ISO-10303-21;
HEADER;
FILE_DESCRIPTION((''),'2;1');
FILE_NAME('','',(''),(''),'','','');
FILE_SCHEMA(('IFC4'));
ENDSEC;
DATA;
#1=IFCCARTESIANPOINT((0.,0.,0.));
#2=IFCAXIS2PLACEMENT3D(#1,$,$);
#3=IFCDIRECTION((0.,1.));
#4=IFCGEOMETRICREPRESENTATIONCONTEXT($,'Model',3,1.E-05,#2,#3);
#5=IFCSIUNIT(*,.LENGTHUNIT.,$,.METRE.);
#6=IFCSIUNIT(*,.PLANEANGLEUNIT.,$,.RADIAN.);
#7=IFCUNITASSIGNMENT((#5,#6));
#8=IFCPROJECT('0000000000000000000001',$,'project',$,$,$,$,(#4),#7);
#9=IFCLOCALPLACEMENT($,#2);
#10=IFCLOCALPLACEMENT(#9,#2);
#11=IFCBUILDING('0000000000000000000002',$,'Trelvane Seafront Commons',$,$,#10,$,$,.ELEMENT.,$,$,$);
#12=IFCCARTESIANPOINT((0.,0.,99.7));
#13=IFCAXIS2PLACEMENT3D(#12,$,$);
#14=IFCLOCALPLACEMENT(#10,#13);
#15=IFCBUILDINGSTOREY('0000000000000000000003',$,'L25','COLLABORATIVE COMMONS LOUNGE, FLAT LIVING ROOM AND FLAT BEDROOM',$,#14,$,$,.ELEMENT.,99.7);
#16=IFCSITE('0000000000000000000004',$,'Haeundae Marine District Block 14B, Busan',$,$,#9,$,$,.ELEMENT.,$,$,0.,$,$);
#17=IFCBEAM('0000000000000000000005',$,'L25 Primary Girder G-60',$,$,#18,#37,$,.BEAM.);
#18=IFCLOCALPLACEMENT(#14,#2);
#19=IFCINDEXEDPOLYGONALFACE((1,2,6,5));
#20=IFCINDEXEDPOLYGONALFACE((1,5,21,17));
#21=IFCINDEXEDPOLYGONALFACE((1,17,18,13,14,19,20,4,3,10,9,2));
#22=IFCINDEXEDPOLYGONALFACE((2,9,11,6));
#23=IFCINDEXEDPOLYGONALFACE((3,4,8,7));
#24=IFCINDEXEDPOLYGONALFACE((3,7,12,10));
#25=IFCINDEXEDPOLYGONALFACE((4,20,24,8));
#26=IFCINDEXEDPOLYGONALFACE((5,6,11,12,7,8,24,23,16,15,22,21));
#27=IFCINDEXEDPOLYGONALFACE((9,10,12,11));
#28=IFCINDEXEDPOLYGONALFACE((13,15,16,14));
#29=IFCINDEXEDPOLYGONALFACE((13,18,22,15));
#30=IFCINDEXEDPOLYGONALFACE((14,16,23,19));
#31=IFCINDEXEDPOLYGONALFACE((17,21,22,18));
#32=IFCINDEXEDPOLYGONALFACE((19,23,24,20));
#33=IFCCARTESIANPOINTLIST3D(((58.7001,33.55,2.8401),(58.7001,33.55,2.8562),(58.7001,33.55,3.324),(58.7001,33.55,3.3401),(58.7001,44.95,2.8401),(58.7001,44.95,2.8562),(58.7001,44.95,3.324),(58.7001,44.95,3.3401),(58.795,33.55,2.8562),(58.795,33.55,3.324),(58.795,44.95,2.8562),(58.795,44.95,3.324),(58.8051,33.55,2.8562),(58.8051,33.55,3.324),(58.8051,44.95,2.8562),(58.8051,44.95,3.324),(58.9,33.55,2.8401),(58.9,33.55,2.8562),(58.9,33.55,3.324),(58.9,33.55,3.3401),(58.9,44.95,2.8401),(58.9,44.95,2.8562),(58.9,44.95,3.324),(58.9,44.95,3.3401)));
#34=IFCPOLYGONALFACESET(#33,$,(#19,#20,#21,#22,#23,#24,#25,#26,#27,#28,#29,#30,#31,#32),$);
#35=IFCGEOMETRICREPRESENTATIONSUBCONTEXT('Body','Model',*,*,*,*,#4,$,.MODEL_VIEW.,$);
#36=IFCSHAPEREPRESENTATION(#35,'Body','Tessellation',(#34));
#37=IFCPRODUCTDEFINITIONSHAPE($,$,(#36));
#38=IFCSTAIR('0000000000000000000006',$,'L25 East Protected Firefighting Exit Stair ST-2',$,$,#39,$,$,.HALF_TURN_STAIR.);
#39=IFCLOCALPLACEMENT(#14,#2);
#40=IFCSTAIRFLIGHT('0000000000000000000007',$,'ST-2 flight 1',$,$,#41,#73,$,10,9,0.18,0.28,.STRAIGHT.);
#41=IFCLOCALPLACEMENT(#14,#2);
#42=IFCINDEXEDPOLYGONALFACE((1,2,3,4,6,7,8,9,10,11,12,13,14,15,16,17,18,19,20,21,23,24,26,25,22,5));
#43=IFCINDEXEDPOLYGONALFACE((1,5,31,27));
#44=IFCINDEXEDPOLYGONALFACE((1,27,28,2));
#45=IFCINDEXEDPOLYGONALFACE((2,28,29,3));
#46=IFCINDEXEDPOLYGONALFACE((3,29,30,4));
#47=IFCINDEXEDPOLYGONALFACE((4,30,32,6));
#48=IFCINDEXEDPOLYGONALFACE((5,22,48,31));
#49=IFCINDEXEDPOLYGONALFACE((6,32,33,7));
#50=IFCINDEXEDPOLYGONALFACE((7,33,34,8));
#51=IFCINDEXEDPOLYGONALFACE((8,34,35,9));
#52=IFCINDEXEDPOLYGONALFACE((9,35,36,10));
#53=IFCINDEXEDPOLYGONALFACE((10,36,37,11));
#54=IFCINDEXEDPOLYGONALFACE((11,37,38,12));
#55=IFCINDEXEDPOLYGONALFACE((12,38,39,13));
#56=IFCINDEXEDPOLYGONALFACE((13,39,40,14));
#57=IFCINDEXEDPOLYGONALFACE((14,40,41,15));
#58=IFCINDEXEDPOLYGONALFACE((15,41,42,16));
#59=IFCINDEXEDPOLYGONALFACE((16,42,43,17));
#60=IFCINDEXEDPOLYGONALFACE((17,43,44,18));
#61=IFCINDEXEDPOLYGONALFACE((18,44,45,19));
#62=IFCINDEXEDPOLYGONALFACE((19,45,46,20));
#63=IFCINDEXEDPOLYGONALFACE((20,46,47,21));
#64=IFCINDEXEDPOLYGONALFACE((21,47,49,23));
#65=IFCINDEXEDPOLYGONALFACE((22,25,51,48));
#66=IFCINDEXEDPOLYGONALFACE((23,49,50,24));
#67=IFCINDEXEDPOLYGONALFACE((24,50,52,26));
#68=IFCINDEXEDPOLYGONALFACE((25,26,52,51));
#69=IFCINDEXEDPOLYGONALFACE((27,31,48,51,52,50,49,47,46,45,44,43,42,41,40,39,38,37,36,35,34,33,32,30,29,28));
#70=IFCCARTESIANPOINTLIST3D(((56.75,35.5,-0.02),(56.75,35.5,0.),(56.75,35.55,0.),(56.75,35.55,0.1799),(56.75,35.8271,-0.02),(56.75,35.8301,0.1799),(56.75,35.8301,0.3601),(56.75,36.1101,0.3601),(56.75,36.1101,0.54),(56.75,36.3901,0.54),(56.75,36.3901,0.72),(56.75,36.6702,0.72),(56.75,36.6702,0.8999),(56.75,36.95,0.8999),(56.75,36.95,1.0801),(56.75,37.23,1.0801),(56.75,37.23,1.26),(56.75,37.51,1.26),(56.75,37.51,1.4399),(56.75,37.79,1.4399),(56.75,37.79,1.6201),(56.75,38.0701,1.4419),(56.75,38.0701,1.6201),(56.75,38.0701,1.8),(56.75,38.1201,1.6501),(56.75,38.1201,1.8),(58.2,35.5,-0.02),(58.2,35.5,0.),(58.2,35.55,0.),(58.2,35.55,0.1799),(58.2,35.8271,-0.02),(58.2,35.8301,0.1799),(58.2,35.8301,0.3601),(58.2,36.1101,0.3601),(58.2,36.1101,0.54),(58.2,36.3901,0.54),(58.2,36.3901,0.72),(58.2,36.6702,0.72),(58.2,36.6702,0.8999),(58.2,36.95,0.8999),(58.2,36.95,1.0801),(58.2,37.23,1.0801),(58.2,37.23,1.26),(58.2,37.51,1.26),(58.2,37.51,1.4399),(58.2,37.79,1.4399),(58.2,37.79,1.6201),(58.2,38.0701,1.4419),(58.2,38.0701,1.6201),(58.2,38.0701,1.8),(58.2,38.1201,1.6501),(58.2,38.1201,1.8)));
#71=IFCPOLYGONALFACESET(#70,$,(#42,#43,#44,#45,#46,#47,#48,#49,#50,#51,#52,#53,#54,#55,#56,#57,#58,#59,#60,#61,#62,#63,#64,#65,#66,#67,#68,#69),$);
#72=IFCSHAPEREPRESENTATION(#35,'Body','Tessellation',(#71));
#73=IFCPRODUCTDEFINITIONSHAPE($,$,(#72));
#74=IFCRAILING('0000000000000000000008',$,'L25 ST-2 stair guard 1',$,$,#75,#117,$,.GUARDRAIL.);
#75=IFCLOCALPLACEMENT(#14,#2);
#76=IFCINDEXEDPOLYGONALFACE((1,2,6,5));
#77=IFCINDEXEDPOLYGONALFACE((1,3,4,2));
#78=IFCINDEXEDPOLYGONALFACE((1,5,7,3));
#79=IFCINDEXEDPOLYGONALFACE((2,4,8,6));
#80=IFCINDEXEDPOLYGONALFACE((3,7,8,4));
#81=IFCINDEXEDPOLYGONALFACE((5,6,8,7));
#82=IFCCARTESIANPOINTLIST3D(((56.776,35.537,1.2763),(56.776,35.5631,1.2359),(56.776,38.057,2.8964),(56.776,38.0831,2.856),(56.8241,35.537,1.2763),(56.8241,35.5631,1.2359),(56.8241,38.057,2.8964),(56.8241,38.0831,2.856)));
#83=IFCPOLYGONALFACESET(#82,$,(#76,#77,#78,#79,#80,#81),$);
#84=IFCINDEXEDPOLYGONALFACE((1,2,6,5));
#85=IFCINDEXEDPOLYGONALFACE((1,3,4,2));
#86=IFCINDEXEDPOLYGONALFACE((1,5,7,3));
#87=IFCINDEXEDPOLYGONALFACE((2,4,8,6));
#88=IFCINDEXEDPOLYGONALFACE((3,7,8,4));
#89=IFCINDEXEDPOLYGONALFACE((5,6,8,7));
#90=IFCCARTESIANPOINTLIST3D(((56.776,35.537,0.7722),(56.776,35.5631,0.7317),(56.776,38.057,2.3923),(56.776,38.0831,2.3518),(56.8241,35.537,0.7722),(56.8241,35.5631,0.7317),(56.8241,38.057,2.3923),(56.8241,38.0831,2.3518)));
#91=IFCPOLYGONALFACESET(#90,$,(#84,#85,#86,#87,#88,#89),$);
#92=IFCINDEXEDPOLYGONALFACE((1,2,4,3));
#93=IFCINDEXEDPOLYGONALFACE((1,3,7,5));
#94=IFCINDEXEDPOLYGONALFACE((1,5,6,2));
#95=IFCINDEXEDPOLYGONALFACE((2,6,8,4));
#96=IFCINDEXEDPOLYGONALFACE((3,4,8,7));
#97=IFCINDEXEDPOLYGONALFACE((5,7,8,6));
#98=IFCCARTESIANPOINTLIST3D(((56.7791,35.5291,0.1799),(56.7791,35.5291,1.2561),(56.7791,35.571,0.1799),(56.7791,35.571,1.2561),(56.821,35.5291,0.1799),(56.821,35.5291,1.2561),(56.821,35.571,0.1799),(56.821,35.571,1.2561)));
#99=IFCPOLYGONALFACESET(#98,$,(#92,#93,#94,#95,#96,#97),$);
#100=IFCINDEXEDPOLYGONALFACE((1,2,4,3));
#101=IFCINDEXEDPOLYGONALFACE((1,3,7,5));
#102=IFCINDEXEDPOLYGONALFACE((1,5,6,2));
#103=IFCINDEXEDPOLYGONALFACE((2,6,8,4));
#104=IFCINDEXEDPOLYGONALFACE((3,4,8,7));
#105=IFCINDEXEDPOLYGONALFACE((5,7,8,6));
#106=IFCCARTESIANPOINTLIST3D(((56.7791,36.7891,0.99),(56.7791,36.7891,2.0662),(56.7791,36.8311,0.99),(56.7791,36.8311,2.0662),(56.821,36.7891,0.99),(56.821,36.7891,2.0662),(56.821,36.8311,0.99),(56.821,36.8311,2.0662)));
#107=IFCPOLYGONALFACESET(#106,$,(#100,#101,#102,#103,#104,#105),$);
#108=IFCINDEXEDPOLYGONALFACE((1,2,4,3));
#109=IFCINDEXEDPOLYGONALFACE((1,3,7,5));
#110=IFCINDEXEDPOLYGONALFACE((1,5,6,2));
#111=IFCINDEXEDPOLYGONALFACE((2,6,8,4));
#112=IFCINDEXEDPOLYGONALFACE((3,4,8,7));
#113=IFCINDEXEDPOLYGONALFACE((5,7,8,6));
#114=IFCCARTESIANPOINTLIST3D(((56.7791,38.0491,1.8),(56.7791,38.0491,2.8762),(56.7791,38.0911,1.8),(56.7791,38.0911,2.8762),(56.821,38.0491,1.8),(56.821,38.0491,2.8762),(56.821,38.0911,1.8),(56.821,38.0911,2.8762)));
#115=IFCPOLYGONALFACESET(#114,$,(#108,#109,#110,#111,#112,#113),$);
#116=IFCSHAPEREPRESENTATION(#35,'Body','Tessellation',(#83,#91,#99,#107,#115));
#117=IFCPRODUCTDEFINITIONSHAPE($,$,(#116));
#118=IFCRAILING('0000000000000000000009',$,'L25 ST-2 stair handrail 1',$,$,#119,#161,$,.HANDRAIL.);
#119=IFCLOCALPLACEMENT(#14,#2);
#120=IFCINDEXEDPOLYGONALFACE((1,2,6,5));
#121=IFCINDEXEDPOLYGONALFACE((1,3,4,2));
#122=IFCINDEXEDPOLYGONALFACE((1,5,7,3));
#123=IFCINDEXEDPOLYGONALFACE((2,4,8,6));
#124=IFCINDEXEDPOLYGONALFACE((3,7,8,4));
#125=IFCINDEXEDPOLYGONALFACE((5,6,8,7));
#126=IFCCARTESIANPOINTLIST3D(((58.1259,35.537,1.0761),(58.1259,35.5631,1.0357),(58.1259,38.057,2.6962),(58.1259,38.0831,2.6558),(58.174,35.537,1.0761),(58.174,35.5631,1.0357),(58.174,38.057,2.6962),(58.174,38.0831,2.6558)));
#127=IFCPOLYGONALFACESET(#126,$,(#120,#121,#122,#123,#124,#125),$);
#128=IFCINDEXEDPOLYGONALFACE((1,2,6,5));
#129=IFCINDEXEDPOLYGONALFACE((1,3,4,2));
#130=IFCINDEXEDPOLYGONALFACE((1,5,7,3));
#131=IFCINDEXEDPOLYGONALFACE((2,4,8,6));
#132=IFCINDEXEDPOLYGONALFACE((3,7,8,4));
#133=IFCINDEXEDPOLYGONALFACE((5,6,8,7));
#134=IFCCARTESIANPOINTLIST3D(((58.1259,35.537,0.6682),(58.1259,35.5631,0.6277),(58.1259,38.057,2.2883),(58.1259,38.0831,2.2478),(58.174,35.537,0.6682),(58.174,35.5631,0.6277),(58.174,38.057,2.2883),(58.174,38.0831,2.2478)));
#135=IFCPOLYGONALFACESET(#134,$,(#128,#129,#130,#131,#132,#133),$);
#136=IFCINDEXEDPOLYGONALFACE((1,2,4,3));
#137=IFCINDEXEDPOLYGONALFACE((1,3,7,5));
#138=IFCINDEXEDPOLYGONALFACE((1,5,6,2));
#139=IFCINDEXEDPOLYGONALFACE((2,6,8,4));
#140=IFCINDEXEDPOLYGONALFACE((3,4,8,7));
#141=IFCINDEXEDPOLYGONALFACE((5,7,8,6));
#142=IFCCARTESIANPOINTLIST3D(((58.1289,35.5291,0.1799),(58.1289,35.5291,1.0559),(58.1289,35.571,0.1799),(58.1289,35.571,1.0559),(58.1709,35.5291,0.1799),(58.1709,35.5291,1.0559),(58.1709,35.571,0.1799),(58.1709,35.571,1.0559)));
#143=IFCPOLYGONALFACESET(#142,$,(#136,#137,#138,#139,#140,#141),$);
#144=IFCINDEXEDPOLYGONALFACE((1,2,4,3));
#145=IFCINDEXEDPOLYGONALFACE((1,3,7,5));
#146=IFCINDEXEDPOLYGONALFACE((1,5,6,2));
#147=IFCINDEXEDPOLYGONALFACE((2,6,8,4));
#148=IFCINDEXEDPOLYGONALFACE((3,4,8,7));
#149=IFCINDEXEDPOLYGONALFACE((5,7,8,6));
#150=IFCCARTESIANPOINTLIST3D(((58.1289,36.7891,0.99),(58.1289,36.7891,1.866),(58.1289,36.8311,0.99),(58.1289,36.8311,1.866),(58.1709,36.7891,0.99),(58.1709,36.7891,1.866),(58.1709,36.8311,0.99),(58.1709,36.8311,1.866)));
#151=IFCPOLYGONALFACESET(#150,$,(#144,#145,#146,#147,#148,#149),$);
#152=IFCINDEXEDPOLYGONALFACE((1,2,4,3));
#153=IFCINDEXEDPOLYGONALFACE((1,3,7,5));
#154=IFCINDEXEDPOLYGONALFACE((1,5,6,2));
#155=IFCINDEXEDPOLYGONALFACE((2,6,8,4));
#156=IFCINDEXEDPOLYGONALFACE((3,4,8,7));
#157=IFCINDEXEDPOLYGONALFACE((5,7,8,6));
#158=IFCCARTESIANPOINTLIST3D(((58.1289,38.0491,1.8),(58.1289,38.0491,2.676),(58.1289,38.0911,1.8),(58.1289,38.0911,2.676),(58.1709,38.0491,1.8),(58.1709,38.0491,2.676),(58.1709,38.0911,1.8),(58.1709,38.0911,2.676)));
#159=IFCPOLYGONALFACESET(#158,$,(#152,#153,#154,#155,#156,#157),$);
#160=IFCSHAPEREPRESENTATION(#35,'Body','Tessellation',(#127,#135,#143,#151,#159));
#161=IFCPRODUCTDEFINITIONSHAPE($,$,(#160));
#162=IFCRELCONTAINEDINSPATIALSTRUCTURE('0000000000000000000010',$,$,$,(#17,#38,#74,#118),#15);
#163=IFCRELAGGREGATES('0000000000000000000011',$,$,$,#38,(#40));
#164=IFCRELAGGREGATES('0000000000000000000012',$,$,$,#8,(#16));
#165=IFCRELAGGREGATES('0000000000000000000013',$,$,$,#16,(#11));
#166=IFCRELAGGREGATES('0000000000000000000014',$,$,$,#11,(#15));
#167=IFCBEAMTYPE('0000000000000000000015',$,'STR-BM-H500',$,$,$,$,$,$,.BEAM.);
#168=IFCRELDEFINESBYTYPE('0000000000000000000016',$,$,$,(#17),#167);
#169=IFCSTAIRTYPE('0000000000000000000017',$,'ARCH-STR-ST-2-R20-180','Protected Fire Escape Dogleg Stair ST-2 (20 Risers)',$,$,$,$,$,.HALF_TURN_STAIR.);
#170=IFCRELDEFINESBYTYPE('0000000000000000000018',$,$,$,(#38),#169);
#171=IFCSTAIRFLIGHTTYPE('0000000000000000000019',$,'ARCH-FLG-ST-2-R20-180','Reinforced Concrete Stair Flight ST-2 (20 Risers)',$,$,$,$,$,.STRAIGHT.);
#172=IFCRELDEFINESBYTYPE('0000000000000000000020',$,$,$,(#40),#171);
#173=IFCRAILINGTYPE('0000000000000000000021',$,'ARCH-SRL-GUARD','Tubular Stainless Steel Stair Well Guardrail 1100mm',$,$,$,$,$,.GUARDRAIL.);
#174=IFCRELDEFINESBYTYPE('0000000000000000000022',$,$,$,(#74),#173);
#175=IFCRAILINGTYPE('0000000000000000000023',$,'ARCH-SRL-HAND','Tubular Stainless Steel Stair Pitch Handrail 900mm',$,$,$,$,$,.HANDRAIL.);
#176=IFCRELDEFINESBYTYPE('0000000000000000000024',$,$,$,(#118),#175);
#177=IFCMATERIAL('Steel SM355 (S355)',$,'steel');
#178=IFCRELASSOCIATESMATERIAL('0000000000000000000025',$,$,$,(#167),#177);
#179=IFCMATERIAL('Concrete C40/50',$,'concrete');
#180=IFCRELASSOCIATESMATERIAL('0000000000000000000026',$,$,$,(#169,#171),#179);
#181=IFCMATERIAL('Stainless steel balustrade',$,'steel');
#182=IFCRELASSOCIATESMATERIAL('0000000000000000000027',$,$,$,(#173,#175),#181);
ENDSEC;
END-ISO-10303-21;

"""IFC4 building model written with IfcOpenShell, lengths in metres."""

from ifc_helpers import new_model, si_unit, direction, frame, origin, origin_2d, place, context, subcontext, project, spatial, polyline, rectangle, i_section, outline, extrude, source, transform, mapped, material, material_profile, profile_set, type_object, element, aggregate, save


model = new_model("IFC4")

# Units and contexts
model_context = context("Model", 3, precision=1e-05, world=origin(), true_north=direction((0.0, 1.0)))
body_context = subcontext(model_context, "Body", "Model", "MODEL_VIEW")
ifc_project = project(units=[si_unit("LENGTHUNIT", "METRE"), si_unit("PLANEANGLEUNIT", "RADIAN")], contexts=[model_context])

# Site, building, storey
site_placement = place(None, origin())
site = spatial("IfcSite", under=ifc_project, at=site_placement, Name="Haeundae Marine District Block 14B, Busan", CompositionType="ELEMENT", RefElevation=0.0)
building_placement = place(site_placement, origin())
building = spatial("IfcBuilding", under=site, at=building_placement, Name="Trelvane Seafront Commons", CompositionType="ELEMENT")
storey_placement = place(building_placement, frame((0.0, 0.0, 99.7)))
storey = spatial("IfcBuildingStorey", under=building, at=storey_placement, Name="L25", Description="COLLABORATIVE COMMONS LOUNGE, FLAT LIVING ROOM AND FLAT BEDROOM", CompositionType="ELEMENT", Elevation=99.7)

# Shared definitions
ifc_material_1 = material(Name="Steel SM355 (S355)", Category="steel")

# Beam
ifc_material_profile_1 = material_profile(ifc_material_1, i_section(OverallWidth=0.2, OverallDepth=0.5, WebThickness=0.01, FlangeThickness=0.0161, at=origin_2d()), Name="H-500x200x10x16")
ifc_profile_set_1 = profile_set([ifc_material_profile_1], Name="Steel SM355 (S355)")
beam_type_1 = type_object("IfcBeamType", Name="STR-BM-H500", PredefinedType="BEAM", material=ifc_profile_set_1)
shared_shape_1 = source(origin(), body_context, "Body", "SweptSolid", [
    extrude(i_section(OverallWidth=0.2, OverallDepth=0.5, WebThickness=0.01, FlangeThickness=0.0161, at=origin_2d()), origin(), (0.0, 0.0, 1.0), 11.3999),
])
beam_1_placement = place(storey_placement, frame((58.8, 33.55, 3.0901), z_axis=(0.0, 1.0, 0.0), x_axis=(-1.0, 0.0, 0.0)))
element("IfcBeam", 1, at=beam_1_placement, inside=storey, type_object=beam_type_1, Name="L25 Primary Girder G-60", PredefinedType="BEAM", context=body_context, shape_type="MappedRepresentation", body=[
    mapped(shared_shape_1, transform((0.0, 0.0, 0.0), x_axis=(1.0, 0.0, 0.0), y_axis=(0.0, 1.0, 0.0), z_axis=(0.0, 0.0, 1.0), scale=1.0)),
])

# Stair, stair flight
ifc_material_2 = material(Name="Concrete C40/50", Category="concrete")
stair_type = type_object("IfcStairType", Name="ARCH-STR-ST-2-R20-180", Description="Protected Fire Escape Dogleg Stair ST-2 (20 Risers)", PredefinedType="HALF_TURN_STAIR", material=ifc_material_2)
stair_placement = place(storey_placement, origin())
stair = element("IfcStair", 2, at=stair_placement, inside=storey, type_object=stair_type, Name="L25 East Protected Firefighting Exit Stair ST-2", PredefinedType="HALF_TURN_STAIR")
stair_flight_type = type_object("IfcStairFlightType", Name="ARCH-FLG-ST-2-R20-180", Description="Reinforced Concrete Stair Flight ST-2 (20 Risers)", PredefinedType="STRAIGHT", material=ifc_material_2)
shared_shape_2 = source(origin(), body_context, "Body", "SweptSolid", [
    extrude(outline(polyline([(-0.05, -0.02), (-0.05, 0.0), (0.0, 0.0), (0.0, 0.1799), (0.28, 0.1799), (0.28, 0.3601), (0.5601, 0.3601), (0.5601, 0.54), (0.8401, 0.54), (0.8401, 0.72), (1.1201, 0.72), (1.1201, 0.8999), (1.3999, 0.8999), (1.3999, 1.0801), (1.6799, 1.0801), (1.6799, 1.26), (1.96, 1.26), (1.96, 1.4399), (2.24, 1.4399), (2.24, 1.6201), (2.52, 1.6201), (2.52, 1.8), (2.5701, 1.8), (2.5701, 1.6501), (2.52, 1.4419), (0.2771, -0.02), (-0.05, -0.02)])), frame((0.0, 0.7251, 0.0), z_axis=(0.0, -1.0, 0.0), x_axis=(1.0, 0.0, 0.0)), (0.0, 0.0, 1.0), 1.45),
])
stair_flight_placement = place(storey_placement, frame((57.4751, 35.55, 0.0), z_axis=(0.0, 0.0, 1.0), x_axis=(0.0, 1.0, 0.0)))
stair_flight = element("IfcStairFlight", 3, at=stair_flight_placement, type_object=stair_flight_type, Name="ST-2 flight 1", NumberOfRisers=10, NumberOfTreads=9, PredefinedType="STRAIGHT", RiserHeight=0.18, TreadLength=0.28, context=body_context, shape_type="MappedRepresentation", body=[
    mapped(shared_shape_2, transform((0.0, 0.0, 0.0), x_axis=(1.0, 0.0, 0.0), y_axis=(0.0, 1.0, 0.0), z_axis=(0.0, 0.0, 1.0), scale=1.0)),
])
aggregate(stair, [stair_flight])

# Railings
ifc_material_3 = material(Name="Stainless steel balustrade", Category="steel")
railing_type_1 = type_object("IfcRailingType", Name="ARCH-SRL-GUARD", Description="Tubular Stainless Steel Stair Well Guardrail 1100mm", PredefinedType="GUARDRAIL", material=ifc_material_3)
railing_1_placement = place(storey_placement, frame((56.8, 35.55, 0.1799)))
element("IfcRailing", 4, at=railing_1_placement, inside=storey, type_object=railing_type_1, Name="L25 ST-2 stair guard 1", PredefinedType="GUARDRAIL", context=body_context, shape_type="SweptSolid", body=[
    extrude(rectangle(XDim=0.0481, YDim=0.0481, at=origin_2d()), frame((0.0, 0.0, 1.0762), z_axis=(0.0, 0.841163, 0.540782), x_axis=(-1.0, 0.0, 0.0)), (0.0, 0.0, 1.0), 2.9958),
    extrude(rectangle(XDim=0.0481, YDim=0.0481, at=origin_2d()), frame((0.0, 0.0, 0.572), z_axis=(0.0, 0.841163, 0.540782), x_axis=(-1.0, 0.0, 0.0)), (0.0, 0.0, 1.0), 2.9958),
    extrude(rectangle(XDim=0.042, YDim=0.042, at=origin_2d()), origin(), (0.0, 0.0, 1.0), 1.0762),
    extrude(rectangle(XDim=0.042, YDim=0.042, at=origin_2d()), frame((0.0, 1.26, 0.8101)), (0.0, 0.0, 1.0), 1.0762),
    extrude(rectangle(XDim=0.042, YDim=0.042, at=origin_2d()), frame((0.0, 2.52, 1.6201)), (0.0, 0.0, 1.0), 1.0762),
])
railing_type_2 = type_object("IfcRailingType", Name="ARCH-SRL-HAND", Description="Tubular Stainless Steel Stair Pitch Handrail 900mm", PredefinedType="HANDRAIL", material=ifc_material_3)
railing_2_placement = place(storey_placement, frame((58.1499, 35.55, 0.1799)))
element("IfcRailing", 5, at=railing_2_placement, inside=storey, type_object=railing_type_2, Name="L25 ST-2 stair handrail 1", PredefinedType="HANDRAIL", context=body_context, shape_type="SweptSolid", body=[
    extrude(rectangle(XDim=0.0481, YDim=0.0481, at=origin_2d()), frame((0.0, 0.0, 0.876), z_axis=(0.0, 0.841163, 0.540782), x_axis=(-1.0, 0.0, 0.0)), (0.0, 0.0, 1.0), 2.9958),
    extrude(rectangle(XDim=0.0481, YDim=0.0481, at=origin_2d()), frame((0.0, 0.0, 0.468), z_axis=(0.0, 0.841163, 0.540782), x_axis=(-1.0, 0.0, 0.0)), (0.0, 0.0, 1.0), 2.9958),
    extrude(rectangle(XDim=0.042, YDim=0.042, at=origin_2d()), origin(), (0.0, 0.0, 1.0), 0.876),
    extrude(rectangle(XDim=0.042, YDim=0.042, at=origin_2d()), frame((0.0, 1.26, 0.8101)), (0.0, 0.0, 1.0), 0.876),
    extrude(rectangle(XDim=0.042, YDim=0.042, at=origin_2d()), frame((0.0, 2.52, 1.6201)), (0.0, 0.0, 1.0), 0.876),
])

save(model, "model.ifc")
